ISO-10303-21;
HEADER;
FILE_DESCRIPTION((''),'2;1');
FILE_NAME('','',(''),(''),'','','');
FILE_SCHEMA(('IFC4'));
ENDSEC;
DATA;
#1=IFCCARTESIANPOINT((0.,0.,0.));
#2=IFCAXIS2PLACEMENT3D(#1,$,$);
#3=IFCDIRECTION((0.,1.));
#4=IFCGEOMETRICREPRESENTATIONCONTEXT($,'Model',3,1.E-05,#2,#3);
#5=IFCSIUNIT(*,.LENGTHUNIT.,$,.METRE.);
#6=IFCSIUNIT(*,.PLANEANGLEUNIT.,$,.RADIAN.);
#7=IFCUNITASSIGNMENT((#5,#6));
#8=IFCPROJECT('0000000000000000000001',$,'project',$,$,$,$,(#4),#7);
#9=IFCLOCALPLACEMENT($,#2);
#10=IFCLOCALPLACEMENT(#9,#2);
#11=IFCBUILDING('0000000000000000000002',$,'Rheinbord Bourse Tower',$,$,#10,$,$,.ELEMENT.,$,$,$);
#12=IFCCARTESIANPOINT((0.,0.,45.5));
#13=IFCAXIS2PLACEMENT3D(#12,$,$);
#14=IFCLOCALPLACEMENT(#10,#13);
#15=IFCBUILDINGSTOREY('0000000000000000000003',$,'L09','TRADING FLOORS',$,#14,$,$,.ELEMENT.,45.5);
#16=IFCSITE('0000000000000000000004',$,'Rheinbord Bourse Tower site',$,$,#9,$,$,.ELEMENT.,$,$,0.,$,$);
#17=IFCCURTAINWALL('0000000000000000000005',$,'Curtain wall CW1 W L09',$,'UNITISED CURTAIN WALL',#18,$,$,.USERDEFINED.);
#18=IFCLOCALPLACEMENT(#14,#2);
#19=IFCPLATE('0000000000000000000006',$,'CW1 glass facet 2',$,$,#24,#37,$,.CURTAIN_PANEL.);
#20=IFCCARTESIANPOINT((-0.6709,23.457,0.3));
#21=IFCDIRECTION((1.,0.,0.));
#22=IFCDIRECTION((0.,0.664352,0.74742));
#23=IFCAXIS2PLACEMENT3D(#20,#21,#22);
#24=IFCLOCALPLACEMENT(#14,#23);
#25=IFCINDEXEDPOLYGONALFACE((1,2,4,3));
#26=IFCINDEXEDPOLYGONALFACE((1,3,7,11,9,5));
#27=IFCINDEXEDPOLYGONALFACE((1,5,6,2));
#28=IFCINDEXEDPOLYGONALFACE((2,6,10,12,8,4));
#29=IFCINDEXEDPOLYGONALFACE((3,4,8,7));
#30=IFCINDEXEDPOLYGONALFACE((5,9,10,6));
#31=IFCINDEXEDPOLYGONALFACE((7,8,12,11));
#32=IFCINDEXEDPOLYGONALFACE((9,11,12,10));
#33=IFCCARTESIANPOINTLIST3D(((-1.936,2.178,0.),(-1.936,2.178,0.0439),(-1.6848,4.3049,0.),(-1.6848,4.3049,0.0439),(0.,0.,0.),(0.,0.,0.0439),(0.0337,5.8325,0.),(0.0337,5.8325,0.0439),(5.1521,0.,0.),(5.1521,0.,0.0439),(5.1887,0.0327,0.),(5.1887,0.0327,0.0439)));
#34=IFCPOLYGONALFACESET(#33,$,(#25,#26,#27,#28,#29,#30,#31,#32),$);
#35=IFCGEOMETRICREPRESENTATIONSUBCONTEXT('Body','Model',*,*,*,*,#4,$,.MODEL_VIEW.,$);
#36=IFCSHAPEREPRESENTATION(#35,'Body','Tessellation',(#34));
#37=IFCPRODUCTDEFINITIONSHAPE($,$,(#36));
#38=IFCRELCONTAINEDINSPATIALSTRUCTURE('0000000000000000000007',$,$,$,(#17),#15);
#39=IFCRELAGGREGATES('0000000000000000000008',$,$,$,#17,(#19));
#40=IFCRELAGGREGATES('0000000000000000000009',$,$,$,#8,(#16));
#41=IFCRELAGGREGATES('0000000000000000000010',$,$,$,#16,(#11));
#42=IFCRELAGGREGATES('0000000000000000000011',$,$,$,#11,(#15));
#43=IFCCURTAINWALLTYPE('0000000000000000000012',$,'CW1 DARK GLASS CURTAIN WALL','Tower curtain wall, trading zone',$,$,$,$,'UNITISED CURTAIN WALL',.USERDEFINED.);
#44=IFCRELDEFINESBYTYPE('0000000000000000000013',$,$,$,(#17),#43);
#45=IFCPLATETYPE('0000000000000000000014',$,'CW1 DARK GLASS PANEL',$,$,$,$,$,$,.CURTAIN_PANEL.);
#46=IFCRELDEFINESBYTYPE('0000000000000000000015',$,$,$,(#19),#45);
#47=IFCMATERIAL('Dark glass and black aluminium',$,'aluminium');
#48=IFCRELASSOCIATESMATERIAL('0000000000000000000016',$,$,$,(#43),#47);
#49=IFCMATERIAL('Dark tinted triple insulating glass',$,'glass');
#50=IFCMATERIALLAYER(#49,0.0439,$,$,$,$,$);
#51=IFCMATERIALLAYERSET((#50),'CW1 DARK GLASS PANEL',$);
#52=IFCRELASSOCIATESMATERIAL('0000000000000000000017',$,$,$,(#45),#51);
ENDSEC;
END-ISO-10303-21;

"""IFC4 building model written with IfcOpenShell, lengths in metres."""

from ifc_helpers import new_model, si_unit, direction, frame, origin, place, context, subcontext, project, spatial, polyline, outline, extrude, material, layer, layer_set, type_object, element, aggregate, save


model = new_model("IFC4")

# Units and contexts
model_context = context("Model", 3, precision=1e-05, world=origin(), true_north=direction((0.0, 1.0)))
body_context = subcontext(model_context, "Body", "Model", "MODEL_VIEW")
ifc_project = project(units=[si_unit("LENGTHUNIT", "METRE"), si_unit("PLANEANGLEUNIT", "RADIAN")], contexts=[model_context])

# Site, building, storey
site_placement = place(None, origin())
site = spatial("IfcSite", under=ifc_project, at=site_placement, Name="Rheinbord Bourse Tower site", CompositionType="ELEMENT", RefElevation=0.0)
building_placement = place(site_placement, origin())
building = spatial("IfcBuilding", under=site, at=building_placement, Name="Rheinbord Bourse Tower", CompositionType="ELEMENT")
storey_placement = place(building_placement, frame((0.0, 0.0, 45.5)))
storey = spatial("IfcBuildingStorey", under=building, at=storey_placement, Name="L09", Description="TRADING FLOORS", CompositionType="ELEMENT", Elevation=45.5)

# Curtain wall
ifc_material_1 = material(Name="Dark glass and black aluminium", Category="aluminium")
curtain_wall_type = type_object("IfcCurtainWallType", Name="CW1 DARK GLASS CURTAIN WALL", Description="Tower curtain wall, trading zone", ElementType="UNITISED CURTAIN WALL", PredefinedType="USERDEFINED", material=ifc_material_1)
curtain_wall_placement = place(storey_placement, origin())
curtain_wall = element("IfcCurtainWall", 1, at=curtain_wall_placement, inside=storey, type_object=curtain_wall_type, Name="Curtain wall CW1 W L09", ObjectType="UNITISED CURTAIN WALL", PredefinedType="USERDEFINED")

# Plate
ifc_material_2 = material(Name="Dark tinted triple insulating glass", Category="glass")
ifc_layer_1 = layer(ifc_material_2, 0.0439)
ifc_layer_set_1 = layer_set([ifc_layer_1], Name="CW1 DARK GLASS PANEL")
plate_type = type_object("IfcPlateType", Name="CW1 DARK GLASS PANEL", PredefinedType="CURTAIN_PANEL", material=ifc_layer_set_1)
plate_1_placement = place(storey_placement, frame((-0.6709, 23.457, 0.3), z_axis=(1.0, 0.0, 0.0), x_axis=(0.0, 0.664352, 0.74742)))
plate_1 = element("IfcPlate", 2, at=plate_1_placement, type_object=plate_type, Name="CW1 glass facet 2", PredefinedType="CURTAIN_PANEL", context=body_context, shape_type="SweptSolid", body=[
    extrude(outline(polyline([(0.0, 0.0), (5.1521, 0.0), (5.1887, 0.0327), (0.0337, 5.8325), (-1.6848, 4.3049), (-1.936, 2.178), (0.0, 0.0)])), origin(), (0.0, 0.0, 1.0), 0.0439),
])
aggregate(curtain_wall, [plate_1])

save(model, "model.ifc")
